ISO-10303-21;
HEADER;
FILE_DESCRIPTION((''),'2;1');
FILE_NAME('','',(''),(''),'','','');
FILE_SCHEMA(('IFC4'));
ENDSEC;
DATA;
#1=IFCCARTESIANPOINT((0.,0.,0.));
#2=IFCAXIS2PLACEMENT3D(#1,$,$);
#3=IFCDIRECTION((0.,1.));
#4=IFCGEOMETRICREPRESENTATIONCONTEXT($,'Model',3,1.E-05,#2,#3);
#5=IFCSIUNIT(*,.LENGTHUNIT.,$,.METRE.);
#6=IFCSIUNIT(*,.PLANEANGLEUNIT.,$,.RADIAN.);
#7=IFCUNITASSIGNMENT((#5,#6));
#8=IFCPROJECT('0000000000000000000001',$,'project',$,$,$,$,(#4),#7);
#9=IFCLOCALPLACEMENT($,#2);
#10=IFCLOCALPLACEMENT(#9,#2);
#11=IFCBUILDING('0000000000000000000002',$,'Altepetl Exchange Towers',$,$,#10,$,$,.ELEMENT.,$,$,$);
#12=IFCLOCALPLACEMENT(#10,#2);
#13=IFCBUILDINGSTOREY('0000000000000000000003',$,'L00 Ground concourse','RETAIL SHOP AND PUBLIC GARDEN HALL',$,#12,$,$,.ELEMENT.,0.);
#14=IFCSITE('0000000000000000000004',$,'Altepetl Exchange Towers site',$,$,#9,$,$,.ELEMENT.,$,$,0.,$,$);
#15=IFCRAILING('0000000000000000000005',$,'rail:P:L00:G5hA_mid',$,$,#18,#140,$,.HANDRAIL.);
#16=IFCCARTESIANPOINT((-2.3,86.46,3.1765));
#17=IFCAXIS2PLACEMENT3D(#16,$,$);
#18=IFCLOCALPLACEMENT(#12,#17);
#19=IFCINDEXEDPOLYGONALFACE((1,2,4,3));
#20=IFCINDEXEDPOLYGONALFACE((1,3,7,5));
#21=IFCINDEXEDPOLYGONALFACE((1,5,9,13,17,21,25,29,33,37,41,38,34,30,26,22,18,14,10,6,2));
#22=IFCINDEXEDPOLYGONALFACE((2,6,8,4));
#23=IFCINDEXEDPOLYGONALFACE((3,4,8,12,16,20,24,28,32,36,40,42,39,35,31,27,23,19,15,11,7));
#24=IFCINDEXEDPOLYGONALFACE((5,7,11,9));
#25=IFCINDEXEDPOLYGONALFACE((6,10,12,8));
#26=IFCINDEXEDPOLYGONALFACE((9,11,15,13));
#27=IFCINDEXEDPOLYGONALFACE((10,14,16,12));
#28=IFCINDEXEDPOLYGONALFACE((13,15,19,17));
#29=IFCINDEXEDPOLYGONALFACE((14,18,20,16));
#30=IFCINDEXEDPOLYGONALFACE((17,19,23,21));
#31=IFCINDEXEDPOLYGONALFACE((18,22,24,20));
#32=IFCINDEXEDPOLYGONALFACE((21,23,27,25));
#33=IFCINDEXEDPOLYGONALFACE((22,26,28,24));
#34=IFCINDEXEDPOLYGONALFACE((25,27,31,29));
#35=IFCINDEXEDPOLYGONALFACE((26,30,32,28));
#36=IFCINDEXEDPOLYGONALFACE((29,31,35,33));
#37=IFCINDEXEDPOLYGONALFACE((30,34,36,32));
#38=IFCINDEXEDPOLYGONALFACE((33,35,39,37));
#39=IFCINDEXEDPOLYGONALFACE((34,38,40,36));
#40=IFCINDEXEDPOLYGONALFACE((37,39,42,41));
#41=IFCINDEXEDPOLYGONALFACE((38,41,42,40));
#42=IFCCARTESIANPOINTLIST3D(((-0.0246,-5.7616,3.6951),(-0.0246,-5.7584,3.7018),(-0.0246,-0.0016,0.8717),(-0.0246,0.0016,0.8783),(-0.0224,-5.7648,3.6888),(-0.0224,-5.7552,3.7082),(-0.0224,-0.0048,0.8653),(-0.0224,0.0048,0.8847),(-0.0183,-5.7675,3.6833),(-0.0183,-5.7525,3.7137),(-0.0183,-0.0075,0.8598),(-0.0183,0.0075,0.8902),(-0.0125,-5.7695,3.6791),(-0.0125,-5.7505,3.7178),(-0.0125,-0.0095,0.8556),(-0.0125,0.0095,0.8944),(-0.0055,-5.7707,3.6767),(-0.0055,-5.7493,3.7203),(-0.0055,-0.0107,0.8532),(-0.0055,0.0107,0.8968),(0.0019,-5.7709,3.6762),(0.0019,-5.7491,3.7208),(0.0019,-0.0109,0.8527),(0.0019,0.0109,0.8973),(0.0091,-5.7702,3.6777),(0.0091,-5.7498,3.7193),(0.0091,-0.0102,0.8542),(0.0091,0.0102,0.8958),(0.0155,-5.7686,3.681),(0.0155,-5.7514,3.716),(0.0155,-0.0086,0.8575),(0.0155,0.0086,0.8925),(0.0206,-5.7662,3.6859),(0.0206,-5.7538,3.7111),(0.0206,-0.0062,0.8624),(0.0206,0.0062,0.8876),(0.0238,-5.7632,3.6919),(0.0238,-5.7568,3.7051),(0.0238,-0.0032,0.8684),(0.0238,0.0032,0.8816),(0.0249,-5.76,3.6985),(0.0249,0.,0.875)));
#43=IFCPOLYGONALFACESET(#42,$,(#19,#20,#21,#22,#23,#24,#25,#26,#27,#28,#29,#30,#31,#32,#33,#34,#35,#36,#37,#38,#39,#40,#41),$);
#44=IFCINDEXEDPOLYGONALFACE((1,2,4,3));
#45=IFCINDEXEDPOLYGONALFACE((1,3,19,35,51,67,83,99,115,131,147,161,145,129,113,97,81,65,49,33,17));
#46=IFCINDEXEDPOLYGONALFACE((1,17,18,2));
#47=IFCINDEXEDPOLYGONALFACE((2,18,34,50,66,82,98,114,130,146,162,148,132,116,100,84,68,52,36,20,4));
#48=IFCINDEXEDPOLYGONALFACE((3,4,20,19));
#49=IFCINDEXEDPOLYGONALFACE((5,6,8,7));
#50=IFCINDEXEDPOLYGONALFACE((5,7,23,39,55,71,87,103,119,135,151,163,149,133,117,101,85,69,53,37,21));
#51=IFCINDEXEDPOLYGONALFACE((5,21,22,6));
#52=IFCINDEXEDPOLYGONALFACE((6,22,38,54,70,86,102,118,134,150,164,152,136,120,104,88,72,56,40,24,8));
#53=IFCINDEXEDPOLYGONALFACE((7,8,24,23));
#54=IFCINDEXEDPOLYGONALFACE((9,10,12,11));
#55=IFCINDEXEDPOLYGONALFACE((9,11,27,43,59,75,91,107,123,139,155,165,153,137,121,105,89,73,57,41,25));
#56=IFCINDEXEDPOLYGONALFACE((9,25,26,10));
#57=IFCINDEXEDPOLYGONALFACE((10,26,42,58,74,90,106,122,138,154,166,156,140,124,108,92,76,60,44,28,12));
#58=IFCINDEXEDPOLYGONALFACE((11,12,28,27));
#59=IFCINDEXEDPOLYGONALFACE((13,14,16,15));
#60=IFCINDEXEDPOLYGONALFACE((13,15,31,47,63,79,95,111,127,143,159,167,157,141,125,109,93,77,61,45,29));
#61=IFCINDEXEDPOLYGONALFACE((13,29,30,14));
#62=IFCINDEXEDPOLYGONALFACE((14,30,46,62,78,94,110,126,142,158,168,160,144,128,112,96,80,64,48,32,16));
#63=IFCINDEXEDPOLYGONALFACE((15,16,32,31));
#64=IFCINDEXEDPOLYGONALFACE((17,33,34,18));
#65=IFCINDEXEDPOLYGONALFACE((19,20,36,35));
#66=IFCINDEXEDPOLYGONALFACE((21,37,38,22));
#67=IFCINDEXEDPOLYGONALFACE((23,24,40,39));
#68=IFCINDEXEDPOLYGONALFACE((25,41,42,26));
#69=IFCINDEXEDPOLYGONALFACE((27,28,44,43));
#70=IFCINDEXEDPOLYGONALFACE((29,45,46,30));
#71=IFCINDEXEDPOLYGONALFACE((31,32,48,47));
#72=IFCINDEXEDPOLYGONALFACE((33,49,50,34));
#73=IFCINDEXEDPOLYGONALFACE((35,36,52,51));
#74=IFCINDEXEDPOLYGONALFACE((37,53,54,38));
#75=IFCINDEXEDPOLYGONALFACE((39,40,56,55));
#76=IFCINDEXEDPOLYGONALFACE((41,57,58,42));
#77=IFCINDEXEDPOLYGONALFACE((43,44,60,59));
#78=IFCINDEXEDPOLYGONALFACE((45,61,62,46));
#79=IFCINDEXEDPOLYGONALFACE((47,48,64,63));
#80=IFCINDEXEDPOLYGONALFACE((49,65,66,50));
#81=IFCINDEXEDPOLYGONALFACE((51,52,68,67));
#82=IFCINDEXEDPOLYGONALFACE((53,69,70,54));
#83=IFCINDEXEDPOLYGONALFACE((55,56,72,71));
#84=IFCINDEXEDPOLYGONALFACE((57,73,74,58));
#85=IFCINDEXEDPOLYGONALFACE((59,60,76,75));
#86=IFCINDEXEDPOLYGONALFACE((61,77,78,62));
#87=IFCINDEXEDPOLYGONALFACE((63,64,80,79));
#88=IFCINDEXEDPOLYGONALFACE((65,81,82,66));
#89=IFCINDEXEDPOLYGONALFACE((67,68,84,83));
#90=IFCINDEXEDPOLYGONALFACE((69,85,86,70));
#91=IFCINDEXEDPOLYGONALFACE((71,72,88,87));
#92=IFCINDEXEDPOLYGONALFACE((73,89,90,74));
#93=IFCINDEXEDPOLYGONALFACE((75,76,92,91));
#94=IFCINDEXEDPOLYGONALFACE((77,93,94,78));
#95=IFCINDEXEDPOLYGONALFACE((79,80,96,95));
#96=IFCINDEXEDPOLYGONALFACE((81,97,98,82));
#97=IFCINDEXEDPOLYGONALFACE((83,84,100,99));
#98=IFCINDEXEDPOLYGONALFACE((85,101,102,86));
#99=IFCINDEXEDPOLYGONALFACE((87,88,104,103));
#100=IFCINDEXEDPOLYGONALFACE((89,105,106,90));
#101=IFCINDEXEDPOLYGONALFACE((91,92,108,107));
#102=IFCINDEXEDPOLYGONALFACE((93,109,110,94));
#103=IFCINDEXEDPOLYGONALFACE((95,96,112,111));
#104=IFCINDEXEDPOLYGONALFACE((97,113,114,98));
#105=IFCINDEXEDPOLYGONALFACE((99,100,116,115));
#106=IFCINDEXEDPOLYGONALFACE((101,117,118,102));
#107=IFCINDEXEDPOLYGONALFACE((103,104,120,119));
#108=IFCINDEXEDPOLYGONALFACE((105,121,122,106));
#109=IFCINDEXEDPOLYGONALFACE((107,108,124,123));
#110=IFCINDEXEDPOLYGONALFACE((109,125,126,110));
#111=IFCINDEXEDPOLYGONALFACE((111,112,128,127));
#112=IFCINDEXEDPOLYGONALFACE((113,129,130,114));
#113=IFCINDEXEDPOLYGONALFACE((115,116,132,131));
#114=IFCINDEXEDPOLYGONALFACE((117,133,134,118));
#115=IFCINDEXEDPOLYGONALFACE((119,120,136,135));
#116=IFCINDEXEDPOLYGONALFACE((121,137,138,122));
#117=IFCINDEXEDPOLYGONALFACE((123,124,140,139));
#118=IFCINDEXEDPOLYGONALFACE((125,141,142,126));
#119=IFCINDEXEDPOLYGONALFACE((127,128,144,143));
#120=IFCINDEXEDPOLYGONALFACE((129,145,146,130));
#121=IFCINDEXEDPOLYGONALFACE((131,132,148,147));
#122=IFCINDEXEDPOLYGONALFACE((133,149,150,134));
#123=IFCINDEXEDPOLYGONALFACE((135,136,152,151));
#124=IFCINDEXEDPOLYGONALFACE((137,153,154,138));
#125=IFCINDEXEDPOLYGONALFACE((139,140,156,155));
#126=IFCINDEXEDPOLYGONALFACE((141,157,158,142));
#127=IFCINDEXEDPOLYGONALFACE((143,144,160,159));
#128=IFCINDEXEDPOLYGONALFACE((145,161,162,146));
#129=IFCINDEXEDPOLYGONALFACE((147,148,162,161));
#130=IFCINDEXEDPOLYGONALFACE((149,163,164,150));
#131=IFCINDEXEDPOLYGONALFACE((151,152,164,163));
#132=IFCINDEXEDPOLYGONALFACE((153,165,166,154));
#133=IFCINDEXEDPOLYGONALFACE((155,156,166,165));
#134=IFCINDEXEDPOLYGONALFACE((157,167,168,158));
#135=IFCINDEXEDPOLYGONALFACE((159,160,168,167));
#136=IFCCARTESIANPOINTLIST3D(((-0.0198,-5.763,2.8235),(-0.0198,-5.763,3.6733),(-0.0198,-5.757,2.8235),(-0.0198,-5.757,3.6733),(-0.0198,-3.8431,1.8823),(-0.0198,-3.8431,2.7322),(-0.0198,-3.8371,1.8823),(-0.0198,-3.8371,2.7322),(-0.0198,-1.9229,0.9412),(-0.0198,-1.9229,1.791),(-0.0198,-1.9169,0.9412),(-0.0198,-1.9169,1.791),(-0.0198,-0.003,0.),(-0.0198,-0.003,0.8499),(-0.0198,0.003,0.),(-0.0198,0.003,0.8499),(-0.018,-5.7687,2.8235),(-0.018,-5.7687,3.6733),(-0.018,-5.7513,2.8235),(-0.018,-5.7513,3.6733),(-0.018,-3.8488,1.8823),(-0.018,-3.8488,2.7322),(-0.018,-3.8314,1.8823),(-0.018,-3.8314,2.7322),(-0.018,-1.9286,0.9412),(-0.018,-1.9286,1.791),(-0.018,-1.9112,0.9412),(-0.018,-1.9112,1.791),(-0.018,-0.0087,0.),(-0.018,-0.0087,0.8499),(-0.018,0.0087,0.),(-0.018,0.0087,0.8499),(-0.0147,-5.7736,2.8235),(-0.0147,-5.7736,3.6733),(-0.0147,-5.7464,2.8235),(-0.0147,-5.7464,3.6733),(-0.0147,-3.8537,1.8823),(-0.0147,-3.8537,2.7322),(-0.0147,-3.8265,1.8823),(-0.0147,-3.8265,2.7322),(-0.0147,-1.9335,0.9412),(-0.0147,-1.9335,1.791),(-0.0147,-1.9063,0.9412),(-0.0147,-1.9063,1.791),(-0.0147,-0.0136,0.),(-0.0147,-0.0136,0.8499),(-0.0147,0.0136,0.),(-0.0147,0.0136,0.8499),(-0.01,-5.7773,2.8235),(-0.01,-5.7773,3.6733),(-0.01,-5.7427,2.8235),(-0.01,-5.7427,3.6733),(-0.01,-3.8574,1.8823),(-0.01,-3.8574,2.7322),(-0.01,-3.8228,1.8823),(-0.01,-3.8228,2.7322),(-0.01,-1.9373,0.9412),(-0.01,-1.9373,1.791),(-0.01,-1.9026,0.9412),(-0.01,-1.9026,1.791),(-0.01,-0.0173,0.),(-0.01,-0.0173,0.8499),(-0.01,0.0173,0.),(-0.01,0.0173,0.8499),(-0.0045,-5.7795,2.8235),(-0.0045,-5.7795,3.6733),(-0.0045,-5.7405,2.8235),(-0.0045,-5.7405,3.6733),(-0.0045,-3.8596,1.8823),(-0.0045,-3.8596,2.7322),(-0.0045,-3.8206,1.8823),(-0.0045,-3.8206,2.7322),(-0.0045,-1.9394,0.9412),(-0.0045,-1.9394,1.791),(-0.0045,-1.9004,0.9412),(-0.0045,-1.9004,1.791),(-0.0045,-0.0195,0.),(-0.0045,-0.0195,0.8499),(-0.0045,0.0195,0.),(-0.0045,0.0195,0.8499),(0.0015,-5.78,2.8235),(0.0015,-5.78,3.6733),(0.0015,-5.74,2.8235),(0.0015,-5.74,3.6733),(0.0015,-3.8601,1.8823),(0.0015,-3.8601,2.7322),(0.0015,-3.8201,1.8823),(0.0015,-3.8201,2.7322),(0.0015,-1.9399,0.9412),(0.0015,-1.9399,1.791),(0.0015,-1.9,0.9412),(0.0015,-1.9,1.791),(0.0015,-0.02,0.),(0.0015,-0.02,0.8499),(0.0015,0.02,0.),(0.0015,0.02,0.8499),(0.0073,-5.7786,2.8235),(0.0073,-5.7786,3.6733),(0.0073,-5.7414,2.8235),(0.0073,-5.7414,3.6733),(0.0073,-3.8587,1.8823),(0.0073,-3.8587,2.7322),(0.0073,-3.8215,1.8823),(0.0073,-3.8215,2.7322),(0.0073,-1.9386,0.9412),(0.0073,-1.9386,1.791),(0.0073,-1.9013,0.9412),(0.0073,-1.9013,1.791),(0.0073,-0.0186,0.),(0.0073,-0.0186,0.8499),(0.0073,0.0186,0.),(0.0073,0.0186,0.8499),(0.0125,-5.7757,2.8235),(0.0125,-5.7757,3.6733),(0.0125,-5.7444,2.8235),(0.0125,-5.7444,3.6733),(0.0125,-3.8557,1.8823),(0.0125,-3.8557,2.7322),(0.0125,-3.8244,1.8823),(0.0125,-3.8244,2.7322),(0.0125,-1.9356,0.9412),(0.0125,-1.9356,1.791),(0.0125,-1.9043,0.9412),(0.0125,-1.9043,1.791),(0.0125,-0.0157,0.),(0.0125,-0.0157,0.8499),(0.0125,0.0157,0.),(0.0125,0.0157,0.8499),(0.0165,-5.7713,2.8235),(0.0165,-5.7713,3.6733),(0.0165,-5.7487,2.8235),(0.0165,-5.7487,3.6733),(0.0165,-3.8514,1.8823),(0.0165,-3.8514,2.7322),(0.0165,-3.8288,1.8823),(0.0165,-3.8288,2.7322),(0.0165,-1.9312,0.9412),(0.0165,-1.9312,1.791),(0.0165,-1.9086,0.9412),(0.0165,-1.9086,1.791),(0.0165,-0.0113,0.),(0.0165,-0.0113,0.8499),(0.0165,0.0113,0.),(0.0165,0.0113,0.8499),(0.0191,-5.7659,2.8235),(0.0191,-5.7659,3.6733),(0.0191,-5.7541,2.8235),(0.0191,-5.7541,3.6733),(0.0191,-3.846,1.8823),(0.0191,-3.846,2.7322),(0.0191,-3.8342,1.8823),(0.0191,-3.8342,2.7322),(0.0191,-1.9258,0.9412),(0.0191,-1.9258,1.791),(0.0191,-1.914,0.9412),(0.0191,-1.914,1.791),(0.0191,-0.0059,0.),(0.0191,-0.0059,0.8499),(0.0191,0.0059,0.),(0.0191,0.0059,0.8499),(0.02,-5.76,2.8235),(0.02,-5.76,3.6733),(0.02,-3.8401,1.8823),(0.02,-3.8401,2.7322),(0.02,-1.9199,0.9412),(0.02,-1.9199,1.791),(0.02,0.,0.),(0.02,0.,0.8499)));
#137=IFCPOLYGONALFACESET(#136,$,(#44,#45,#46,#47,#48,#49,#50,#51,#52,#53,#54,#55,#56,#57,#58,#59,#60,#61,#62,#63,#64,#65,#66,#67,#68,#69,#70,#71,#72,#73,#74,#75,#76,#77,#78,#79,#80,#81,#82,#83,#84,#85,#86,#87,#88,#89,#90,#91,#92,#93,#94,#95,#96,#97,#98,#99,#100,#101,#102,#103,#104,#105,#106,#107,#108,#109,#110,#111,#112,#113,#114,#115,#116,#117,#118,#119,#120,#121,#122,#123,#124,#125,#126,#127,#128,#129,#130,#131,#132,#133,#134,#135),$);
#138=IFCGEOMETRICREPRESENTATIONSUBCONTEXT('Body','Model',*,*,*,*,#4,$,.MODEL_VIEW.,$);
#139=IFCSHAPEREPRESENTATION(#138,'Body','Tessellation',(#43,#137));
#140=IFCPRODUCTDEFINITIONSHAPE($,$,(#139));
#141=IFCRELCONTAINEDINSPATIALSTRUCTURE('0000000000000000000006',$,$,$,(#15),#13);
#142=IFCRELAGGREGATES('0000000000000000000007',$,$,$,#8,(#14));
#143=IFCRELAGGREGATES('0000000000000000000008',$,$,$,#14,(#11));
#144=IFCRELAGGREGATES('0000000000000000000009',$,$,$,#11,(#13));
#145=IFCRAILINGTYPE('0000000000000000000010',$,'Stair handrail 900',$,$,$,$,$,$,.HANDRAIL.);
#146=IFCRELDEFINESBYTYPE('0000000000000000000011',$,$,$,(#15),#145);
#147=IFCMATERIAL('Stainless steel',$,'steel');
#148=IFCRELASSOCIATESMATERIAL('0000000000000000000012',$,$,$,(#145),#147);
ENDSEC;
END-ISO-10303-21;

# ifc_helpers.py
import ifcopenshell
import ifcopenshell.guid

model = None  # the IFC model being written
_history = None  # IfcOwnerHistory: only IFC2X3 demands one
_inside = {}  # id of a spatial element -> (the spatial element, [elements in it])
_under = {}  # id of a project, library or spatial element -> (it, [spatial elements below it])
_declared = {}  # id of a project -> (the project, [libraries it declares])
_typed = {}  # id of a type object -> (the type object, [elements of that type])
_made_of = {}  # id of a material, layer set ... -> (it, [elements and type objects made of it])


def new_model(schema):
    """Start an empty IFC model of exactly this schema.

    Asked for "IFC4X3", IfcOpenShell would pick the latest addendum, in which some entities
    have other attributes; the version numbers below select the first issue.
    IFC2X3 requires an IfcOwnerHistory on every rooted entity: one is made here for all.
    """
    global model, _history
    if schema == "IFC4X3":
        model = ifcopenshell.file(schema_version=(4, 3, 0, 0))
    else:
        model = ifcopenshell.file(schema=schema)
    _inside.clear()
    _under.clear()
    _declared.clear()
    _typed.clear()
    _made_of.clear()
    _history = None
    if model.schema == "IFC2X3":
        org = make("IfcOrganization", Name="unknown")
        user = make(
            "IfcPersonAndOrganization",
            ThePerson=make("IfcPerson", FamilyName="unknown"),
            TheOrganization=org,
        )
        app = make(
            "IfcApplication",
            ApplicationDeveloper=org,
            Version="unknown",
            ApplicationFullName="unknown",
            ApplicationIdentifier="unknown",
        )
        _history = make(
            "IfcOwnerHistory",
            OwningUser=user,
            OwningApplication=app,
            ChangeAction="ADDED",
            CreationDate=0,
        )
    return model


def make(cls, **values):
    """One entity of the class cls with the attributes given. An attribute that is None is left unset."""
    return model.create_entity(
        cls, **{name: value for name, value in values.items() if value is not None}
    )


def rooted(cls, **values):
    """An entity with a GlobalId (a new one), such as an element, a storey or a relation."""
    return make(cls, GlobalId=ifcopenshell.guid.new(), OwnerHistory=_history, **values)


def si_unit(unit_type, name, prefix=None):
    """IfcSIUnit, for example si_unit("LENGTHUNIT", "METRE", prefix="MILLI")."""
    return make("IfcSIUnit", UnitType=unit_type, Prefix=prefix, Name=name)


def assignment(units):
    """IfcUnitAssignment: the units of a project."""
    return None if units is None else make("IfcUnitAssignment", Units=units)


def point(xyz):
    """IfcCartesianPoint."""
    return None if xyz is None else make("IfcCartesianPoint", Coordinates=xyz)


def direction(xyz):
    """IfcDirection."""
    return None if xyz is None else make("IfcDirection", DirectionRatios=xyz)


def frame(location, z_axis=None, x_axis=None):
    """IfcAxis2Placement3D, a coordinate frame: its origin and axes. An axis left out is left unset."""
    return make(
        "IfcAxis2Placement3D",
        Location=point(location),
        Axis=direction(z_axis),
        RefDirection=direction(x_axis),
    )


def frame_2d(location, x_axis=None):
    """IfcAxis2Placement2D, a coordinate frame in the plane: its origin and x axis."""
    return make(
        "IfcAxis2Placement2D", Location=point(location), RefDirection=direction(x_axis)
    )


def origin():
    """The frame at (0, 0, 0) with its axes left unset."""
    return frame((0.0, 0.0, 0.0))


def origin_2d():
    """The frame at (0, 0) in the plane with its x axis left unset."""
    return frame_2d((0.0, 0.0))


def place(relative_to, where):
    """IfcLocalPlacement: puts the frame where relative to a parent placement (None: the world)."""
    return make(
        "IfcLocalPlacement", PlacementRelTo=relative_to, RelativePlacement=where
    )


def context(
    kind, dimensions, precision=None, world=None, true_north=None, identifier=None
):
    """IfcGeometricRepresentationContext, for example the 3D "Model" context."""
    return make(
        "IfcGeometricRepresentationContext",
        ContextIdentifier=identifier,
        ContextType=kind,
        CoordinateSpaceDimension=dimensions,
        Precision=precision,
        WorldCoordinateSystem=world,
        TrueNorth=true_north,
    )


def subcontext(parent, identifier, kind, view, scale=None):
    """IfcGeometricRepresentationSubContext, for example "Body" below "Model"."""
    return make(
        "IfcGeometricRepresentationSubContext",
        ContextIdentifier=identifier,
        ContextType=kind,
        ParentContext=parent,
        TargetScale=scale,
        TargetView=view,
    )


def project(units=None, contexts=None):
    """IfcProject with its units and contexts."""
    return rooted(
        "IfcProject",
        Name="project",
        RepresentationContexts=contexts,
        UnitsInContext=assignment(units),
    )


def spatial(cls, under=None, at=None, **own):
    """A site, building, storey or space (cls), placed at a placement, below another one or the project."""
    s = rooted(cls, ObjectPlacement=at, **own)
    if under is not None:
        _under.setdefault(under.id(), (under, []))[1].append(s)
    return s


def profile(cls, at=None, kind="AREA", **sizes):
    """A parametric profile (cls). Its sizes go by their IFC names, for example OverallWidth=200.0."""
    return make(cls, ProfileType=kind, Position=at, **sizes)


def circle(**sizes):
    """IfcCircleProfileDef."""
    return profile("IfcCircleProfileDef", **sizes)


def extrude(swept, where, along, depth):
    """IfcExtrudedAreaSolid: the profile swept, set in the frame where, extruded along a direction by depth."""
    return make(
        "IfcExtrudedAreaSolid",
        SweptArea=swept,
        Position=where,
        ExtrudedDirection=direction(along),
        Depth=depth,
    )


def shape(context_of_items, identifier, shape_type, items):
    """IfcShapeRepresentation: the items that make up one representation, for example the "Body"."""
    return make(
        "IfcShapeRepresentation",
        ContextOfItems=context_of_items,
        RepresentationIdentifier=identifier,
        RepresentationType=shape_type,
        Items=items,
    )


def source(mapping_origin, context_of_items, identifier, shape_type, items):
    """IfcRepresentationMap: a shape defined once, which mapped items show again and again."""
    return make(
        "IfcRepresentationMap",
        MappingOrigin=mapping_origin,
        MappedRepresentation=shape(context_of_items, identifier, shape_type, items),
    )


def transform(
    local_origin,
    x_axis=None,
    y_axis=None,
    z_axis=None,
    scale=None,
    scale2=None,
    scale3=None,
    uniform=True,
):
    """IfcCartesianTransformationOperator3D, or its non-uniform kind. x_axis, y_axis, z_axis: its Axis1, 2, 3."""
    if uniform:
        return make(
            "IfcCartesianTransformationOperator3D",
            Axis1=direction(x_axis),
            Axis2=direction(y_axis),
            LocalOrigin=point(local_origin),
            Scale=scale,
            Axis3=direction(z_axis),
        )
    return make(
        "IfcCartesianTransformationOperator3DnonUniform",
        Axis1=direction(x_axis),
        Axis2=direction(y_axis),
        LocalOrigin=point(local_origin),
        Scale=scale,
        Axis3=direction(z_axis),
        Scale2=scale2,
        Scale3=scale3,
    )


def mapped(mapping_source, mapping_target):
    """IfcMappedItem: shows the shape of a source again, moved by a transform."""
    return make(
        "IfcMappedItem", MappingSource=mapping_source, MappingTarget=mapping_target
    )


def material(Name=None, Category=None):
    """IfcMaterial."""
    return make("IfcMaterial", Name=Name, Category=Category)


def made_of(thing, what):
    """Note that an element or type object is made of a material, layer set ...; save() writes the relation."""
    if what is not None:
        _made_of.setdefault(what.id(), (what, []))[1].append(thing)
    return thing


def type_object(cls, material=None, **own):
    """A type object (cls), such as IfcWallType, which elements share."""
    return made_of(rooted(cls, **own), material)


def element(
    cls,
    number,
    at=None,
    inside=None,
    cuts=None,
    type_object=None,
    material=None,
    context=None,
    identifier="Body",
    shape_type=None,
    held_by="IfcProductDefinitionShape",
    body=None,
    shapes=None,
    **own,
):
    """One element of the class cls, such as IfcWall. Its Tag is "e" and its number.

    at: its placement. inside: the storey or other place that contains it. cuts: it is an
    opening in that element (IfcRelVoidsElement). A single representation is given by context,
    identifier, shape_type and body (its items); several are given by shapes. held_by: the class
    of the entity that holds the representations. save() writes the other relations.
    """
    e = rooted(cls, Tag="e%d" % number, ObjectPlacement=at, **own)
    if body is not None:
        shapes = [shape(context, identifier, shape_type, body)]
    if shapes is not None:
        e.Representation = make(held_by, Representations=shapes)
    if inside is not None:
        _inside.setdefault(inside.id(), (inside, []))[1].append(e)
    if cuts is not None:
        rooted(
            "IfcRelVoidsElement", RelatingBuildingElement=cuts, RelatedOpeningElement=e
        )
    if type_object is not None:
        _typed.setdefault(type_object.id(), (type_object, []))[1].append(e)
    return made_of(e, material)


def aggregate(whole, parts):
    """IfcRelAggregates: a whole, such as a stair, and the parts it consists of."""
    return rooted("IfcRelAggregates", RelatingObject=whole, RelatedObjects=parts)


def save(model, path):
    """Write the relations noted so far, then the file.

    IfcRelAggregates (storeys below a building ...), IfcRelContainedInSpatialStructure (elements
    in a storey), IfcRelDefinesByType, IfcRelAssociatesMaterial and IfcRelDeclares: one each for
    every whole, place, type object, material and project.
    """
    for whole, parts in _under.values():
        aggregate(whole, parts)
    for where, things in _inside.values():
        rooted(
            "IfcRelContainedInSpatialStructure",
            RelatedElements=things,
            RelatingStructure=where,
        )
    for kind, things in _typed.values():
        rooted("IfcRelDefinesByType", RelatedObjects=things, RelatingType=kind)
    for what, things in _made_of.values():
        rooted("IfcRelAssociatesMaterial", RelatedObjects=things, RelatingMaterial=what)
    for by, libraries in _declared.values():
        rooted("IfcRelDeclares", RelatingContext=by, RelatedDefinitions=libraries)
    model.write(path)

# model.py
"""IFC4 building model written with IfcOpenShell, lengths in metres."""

from ifc_helpers import new_model, si_unit, direction, frame, origin, origin_2d, place, context, subcontext, project, spatial, circle, extrude, source, transform, mapped, material, type_object, element, save


model = new_model("IFC4")

# Units and contexts
model_context = context("Model", 3, precision=1e-05, world=origin(), true_north=direction((0.0, 1.0)))
body_context = subcontext(model_context, "Body", "Model", "MODEL_VIEW")
ifc_project = project(units=[si_unit("LENGTHUNIT", "METRE"), si_unit("PLANEANGLEUNIT", "RADIAN")], contexts=[model_context])

# Site, building, storey
site_placement = place(None, origin())
site = spatial("IfcSite", under=ifc_project, at=site_placement, Name="Altepetl Exchange Towers site", CompositionType="ELEMENT", RefElevation=0.0)
building_placement = place(site_placement, origin())
building = spatial("IfcBuilding", under=site, at=building_placement, Name="Altepetl Exchange Towers", CompositionType="ELEMENT")
storey_placement = place(building_placement, origin())
storey = spatial("IfcBuildingStorey", under=building, at=storey_placement, Name="L00 Ground concourse", Description="RETAIL SHOP AND PUBLIC GARDEN HALL", CompositionType="ELEMENT", Elevation=0.0)

# Railing
ifc_material_1 = material(Name="Stainless steel", Category="steel")
railing_type_1 = type_object("IfcRailingType", Name="Stair handrail 900", PredefinedType="HANDRAIL", material=ifc_material_1)
shared_shape_1 = source(origin(), body_context, "Body", "SweptSolid", [
    extrude(circle(Radius=0.02, at=origin_2d()), origin(), (0.0, 0.0, 1.0), 0.8499),
])
for number, where, name in (
    (1, (-2.3, 86.46, 3.1765), "rail:P:L00:G5hA_mid"),
):
    element("IfcRailing", number, at=place(storey_placement, frame(where)), inside=storey, type_object=railing_type_1, Name=name, PredefinedType="HANDRAIL", context=body_context, shape_type="SweptSolid", body=[
        extrude(circle(Radius=0.0249, at=origin_2d()), frame((0.0, 0.0, 0.875), z_axis=(0.0, -0.897924, 0.440151), x_axis=(1.0, 0.0, 0.0)), (0.0, 0.0, 1.0), 6.4148),
        mapped(shared_shape_1, transform((0.0, 0.0, 0.0))),
        mapped(shared_shape_1, transform((0.0, -1.9199, 0.9412))),
        mapped(shared_shape_1, transform((0.0, -3.8401, 1.8823))),
        mapped(shared_shape_1, transform((0.0, -5.76, 2.8235))),
    ])

save(model, "model.ifc")
